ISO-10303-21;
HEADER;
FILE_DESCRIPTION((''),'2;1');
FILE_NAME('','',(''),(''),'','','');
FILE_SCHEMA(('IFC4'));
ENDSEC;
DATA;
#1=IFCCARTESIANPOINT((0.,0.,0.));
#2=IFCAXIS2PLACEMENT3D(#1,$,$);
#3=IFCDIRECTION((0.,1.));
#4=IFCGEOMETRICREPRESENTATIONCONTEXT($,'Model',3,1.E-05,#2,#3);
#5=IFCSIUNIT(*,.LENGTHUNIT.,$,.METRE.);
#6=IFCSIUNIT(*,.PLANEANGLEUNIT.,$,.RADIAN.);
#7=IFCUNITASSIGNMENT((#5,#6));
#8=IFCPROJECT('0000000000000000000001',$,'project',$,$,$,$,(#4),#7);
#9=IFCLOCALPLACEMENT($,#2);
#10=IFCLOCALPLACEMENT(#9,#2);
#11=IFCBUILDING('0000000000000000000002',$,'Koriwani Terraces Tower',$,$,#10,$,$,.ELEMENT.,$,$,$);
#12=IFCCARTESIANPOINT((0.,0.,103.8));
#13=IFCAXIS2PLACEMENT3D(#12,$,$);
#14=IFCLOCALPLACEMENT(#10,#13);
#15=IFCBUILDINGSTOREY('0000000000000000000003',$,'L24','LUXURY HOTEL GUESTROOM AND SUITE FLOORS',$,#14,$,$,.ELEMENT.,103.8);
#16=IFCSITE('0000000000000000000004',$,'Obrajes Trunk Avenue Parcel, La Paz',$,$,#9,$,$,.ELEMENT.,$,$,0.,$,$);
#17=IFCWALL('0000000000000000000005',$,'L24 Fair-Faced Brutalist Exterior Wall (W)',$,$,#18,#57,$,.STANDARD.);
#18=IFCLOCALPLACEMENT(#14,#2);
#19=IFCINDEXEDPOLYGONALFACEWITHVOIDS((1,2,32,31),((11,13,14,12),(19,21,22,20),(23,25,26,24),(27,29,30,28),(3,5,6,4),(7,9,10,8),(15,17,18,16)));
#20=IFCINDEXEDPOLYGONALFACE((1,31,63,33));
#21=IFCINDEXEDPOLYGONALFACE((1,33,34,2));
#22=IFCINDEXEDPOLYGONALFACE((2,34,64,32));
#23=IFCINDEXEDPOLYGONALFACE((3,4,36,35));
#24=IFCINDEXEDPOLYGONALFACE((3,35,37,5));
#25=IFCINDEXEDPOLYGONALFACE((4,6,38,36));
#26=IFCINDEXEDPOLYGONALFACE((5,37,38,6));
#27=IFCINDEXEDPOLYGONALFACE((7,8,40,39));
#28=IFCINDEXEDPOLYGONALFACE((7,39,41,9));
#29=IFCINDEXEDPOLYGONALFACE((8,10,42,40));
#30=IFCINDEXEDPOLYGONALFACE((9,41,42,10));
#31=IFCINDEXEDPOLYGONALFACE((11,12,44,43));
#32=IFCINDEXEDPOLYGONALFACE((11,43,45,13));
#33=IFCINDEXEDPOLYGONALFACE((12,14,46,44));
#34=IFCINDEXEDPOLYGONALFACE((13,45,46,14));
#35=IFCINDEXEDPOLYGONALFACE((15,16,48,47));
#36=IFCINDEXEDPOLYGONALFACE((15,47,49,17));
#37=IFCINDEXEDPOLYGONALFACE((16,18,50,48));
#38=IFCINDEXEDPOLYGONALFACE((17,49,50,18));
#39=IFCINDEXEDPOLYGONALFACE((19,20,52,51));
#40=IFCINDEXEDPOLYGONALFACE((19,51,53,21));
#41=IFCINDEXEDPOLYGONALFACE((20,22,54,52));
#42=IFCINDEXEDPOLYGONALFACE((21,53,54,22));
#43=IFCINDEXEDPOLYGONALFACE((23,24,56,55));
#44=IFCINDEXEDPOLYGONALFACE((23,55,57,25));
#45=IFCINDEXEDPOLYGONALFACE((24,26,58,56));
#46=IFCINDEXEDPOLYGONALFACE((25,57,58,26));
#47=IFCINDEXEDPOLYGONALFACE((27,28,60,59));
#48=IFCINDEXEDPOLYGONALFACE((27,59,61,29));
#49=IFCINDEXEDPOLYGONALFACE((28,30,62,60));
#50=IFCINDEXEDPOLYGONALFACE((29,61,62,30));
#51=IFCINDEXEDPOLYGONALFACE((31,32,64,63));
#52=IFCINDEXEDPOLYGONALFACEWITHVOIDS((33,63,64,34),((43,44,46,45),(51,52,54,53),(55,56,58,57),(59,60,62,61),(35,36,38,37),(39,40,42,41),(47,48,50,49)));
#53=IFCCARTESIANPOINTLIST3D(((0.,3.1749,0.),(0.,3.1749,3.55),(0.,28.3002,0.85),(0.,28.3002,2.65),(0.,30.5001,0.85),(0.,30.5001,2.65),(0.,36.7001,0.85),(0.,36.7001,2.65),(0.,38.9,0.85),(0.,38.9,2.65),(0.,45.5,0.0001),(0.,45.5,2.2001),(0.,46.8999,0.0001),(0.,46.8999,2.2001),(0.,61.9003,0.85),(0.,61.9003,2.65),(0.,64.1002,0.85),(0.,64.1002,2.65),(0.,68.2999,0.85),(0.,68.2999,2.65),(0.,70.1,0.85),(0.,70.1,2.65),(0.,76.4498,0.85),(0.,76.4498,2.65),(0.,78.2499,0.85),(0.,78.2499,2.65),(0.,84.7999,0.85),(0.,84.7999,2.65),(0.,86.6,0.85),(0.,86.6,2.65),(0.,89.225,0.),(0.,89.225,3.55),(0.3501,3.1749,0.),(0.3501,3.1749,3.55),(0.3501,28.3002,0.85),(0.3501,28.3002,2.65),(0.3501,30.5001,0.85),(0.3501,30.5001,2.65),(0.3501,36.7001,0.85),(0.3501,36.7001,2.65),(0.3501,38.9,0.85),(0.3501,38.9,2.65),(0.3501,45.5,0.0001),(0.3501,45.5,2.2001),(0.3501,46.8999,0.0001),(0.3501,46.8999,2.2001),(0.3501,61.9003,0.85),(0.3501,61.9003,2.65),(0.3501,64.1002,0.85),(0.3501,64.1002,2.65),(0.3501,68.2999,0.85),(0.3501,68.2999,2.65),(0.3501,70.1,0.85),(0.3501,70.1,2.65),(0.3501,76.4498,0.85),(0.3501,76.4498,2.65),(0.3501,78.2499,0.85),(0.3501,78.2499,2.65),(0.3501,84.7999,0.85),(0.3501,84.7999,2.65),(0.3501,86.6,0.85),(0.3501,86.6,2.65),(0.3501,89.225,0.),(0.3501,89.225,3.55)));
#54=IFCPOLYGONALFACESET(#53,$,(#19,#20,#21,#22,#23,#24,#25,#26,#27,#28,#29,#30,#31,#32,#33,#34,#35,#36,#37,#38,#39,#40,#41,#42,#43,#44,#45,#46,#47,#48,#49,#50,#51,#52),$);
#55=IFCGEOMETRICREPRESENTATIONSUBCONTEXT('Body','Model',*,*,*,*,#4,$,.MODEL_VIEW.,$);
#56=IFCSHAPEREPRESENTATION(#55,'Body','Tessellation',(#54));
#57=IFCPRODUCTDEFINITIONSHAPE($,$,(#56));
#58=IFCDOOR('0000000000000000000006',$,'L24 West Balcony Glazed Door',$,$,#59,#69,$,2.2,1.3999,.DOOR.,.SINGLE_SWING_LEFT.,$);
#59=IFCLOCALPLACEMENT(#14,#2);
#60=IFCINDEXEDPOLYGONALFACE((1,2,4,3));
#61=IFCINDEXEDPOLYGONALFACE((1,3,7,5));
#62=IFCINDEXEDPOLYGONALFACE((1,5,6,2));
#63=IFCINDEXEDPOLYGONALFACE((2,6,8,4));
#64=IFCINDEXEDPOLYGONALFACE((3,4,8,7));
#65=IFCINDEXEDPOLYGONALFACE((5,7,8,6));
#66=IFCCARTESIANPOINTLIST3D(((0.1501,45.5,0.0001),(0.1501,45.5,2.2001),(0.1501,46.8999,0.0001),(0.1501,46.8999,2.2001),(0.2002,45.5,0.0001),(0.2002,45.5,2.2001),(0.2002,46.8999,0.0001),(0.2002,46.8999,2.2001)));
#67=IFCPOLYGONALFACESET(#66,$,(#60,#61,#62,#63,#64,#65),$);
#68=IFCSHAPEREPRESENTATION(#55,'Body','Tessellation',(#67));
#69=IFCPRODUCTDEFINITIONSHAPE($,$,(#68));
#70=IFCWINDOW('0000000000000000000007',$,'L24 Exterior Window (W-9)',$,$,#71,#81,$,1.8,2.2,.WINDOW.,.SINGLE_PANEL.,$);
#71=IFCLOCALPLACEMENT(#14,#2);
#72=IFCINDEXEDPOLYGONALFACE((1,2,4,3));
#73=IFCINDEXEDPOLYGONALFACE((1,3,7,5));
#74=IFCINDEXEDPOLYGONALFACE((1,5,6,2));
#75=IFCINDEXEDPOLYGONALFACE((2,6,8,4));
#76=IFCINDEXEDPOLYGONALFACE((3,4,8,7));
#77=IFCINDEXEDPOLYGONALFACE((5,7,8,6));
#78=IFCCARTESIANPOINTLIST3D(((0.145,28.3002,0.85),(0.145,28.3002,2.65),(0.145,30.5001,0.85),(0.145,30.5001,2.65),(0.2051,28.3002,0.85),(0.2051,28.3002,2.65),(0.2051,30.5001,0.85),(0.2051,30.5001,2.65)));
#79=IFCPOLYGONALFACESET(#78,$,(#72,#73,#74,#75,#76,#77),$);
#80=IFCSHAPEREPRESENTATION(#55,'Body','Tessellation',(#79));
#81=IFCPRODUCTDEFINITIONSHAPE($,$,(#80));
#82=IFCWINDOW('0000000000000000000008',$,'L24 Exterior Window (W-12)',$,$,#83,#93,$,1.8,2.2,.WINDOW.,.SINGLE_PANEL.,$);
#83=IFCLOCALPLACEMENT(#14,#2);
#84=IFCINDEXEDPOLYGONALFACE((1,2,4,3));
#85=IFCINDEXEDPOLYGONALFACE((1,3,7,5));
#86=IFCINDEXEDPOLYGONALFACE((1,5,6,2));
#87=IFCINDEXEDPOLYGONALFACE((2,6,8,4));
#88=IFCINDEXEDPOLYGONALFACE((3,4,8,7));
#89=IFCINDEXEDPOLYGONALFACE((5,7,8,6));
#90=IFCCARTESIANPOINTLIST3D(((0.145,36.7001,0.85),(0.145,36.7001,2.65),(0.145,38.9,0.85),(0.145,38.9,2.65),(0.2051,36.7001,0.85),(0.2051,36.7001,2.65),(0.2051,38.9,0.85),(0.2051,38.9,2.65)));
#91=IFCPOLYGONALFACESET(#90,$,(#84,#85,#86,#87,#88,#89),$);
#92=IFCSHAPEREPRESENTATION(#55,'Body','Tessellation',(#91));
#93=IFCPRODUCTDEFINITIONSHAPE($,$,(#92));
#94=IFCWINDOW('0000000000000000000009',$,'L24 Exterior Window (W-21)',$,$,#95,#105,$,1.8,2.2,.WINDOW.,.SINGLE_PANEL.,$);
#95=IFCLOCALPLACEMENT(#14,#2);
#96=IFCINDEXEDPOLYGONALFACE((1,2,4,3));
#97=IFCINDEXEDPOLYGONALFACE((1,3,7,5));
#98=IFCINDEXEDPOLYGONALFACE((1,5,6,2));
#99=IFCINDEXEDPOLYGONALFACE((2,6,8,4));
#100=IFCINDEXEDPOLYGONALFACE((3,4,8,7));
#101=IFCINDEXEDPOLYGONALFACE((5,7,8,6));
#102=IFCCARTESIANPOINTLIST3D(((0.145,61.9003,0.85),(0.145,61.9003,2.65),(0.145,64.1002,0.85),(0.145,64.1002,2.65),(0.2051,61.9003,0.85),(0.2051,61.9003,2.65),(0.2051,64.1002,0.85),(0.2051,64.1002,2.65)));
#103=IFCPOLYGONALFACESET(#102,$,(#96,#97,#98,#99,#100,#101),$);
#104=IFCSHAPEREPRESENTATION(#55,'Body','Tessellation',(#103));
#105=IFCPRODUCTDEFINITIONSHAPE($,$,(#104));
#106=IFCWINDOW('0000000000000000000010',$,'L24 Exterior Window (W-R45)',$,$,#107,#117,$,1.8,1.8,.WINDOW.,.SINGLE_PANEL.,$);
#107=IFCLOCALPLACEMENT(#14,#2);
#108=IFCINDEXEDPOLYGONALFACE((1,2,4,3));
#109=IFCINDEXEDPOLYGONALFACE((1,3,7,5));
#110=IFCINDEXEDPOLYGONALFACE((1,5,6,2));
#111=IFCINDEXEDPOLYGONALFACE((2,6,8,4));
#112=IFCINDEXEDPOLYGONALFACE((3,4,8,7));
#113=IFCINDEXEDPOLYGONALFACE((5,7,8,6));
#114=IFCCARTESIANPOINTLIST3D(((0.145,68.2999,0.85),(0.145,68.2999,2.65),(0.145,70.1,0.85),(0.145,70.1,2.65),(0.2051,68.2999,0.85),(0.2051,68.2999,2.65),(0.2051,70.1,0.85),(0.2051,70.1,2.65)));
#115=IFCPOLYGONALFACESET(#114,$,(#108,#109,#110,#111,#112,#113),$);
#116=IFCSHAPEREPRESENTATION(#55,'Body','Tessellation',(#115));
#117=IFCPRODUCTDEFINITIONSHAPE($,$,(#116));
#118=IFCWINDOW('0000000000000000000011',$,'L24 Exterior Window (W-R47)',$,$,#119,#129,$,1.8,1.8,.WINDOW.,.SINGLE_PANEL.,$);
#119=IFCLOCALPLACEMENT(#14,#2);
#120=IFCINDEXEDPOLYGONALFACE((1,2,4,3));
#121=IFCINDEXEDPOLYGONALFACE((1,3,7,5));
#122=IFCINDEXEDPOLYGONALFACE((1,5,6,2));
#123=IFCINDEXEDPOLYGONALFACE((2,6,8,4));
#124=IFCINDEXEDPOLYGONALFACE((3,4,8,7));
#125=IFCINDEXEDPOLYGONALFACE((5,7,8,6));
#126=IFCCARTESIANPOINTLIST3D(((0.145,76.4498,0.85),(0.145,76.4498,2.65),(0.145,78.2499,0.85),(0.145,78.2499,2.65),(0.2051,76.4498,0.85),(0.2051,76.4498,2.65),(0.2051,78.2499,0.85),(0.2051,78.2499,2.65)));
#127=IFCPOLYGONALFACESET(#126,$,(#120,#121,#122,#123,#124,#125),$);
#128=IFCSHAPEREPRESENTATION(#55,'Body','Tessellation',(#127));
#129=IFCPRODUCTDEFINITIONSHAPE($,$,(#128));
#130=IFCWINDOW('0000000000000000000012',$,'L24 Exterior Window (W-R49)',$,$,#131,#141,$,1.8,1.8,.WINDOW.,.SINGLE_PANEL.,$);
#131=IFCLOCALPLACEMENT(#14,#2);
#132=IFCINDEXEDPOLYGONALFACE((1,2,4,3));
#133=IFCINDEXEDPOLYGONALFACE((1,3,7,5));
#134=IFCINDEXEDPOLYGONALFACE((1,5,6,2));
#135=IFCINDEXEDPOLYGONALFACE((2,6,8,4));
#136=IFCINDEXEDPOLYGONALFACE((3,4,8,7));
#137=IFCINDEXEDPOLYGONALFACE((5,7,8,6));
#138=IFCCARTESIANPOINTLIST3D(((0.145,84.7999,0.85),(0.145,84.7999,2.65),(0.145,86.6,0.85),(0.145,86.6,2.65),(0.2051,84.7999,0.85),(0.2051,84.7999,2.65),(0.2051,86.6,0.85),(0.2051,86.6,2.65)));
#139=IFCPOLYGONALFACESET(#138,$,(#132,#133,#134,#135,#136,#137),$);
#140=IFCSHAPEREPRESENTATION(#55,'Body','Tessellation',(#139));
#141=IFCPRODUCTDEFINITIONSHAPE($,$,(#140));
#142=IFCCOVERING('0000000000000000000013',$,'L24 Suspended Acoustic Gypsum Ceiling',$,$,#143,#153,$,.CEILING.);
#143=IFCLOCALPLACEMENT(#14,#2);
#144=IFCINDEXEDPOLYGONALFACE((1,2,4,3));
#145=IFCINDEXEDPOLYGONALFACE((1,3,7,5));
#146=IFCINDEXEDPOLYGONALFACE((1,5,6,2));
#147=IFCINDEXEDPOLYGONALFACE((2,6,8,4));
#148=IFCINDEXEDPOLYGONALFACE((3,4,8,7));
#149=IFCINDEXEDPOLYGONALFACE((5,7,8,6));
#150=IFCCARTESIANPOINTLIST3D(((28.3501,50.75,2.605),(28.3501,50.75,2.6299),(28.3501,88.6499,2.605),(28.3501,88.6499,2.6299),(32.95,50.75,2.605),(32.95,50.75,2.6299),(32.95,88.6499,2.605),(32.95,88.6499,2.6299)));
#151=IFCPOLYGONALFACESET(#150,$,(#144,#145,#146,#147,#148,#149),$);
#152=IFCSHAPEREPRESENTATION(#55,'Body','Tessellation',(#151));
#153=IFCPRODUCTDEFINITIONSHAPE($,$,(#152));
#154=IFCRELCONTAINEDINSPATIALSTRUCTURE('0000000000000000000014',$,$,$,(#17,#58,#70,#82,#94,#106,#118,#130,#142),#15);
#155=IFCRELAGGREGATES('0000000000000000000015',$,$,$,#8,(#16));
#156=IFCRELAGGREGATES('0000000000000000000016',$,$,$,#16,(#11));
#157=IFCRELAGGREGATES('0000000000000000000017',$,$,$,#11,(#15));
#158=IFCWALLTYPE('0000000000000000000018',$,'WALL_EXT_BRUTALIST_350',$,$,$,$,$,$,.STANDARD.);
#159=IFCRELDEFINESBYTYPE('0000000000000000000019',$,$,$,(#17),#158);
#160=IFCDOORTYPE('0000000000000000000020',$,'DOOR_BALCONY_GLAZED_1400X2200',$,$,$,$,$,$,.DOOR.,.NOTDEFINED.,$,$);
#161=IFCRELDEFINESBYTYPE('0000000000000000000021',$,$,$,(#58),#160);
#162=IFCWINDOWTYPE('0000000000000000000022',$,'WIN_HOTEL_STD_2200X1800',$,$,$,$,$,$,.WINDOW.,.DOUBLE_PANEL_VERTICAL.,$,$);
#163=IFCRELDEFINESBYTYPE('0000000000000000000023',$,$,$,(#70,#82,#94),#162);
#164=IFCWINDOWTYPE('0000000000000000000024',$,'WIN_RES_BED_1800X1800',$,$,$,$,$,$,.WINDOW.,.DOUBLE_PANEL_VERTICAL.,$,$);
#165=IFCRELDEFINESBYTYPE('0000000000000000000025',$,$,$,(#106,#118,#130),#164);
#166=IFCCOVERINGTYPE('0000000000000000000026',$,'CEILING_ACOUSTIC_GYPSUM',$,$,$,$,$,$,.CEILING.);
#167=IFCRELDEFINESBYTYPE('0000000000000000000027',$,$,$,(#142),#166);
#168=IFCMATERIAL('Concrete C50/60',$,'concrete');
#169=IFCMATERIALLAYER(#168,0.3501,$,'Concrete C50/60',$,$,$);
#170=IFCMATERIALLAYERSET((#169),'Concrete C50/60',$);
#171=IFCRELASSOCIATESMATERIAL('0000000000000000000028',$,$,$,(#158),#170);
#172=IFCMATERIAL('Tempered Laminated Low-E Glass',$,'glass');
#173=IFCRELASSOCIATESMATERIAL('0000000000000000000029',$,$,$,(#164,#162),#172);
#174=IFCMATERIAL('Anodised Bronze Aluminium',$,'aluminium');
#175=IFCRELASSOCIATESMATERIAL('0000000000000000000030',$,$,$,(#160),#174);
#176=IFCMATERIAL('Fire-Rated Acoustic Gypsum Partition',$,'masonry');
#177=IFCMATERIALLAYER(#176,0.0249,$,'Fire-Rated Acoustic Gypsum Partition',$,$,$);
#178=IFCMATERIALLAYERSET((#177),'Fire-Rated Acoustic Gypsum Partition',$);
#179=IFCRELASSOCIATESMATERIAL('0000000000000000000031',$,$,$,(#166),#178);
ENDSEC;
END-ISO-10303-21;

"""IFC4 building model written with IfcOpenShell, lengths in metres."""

from ifc_helpers import new_model, si_unit, direction, frame, frame_2d, origin, place, context, subcontext, project, spatial, polyline, rectangle, outline, extrude, material, layer, layer_set, type_object, element, fill, save


model = new_model("IFC4")

# Units and contexts
model_context = context("Model", 3, precision=1e-05, world=origin(), true_north=direction((0.0, 1.0)))
body_context = subcontext(model_context, "Body", "Model", "MODEL_VIEW")
ifc_project = project(units=[si_unit("LENGTHUNIT", "METRE"), si_unit("PLANEANGLEUNIT", "RADIAN")], contexts=[model_context])

# Site, building, storey
site_placement = place(None, origin())
site = spatial("IfcSite", under=ifc_project, at=site_placement, Name="Obrajes Trunk Avenue Parcel, La Paz", CompositionType="ELEMENT", RefElevation=0.0)
building_placement = place(site_placement, origin())
building = spatial("IfcBuilding", under=site, at=building_placement, Name="Koriwani Terraces Tower", CompositionType="ELEMENT")
storey_placement = place(building_placement, frame((0.0, 0.0, 103.8)))
storey = spatial("IfcBuildingStorey", under=building, at=storey_placement, Name="L24", Description="LUXURY HOTEL GUESTROOM AND SUITE FLOORS", CompositionType="ELEMENT", Elevation=103.8)

# Shared definitions
ifc_material_1 = material(Name="Concrete C50/60", Category="concrete")

# Shared definitions
ifc_layer_1 = layer(ifc_material_1, 0.3501, Name="Concrete C50/60")
ifc_layer_set_1 = layer_set([ifc_layer_1], Name="Concrete C50/60")
wall_type = type_object("IfcWallType", Name="WALL_EXT_BRUTALIST_350", PredefinedType="STANDARD", material=ifc_layer_set_1)
ifc_material_2 = material(Name="Tempered Laminated Low-E Glass", Category="glass")
window_type_1 = type_object("IfcWindowType", Name="WIN_RES_BED_1800X1800", PartitioningType="DOUBLE_PANEL_VERTICAL", PredefinedType="WINDOW", material=ifc_material_2)

# Wall, openings, door, windows
wall_1_placement = place(storey_placement, frame((0.175, 3.175, 0.0), z_axis=(0.0, 0.0, 1.0), x_axis=(0.0, 1.0, 0.0)))
wall_1 = element("IfcWall", 1, at=wall_1_placement, inside=storey, type_object=wall_type, Name="L24 Fair-Faced Brutalist Exterior Wall (W)", PredefinedType="STANDARD", context=body_context, shape_type="SweptSolid", body=[
    extrude(rectangle(XDim=86.05, YDim=0.3501, at=frame_2d((43.0249, 0.0))), origin(), (0.0, 0.0, 1.0), 3.55),
])
opening_1_placement = place(wall_1_placement, frame((42.325, 0.0, 0.0)))
opening_1 = element("IfcOpeningElement", 2, at=opening_1_placement, cuts=wall_1, PredefinedType="OPENING", context=body_context, shape_type="SweptSolid", body=[
    extrude(rectangle(XDim=1.3999, YDim=2.2, at=frame_2d((0.7, 1.1001))), frame((0.0, 0.1851, 0.0), z_axis=(0.0, -1.0, 0.0), x_axis=(1.0, 0.0, 0.0)), (0.0, 0.0, 1.0), 0.3701),
])
opening_2_placement = place(wall_1_placement, frame((25.125, 0.0, 0.8501)))
opening_2 = element("IfcOpeningElement", 3, at=opening_2_placement, cuts=wall_1, PredefinedType="OPENING", context=body_context, shape_type="SweptSolid", body=[
    extrude(rectangle(XDim=2.2, YDim=1.8, at=frame_2d((1.1001, 0.8999))), frame((0.0, 0.1851, 0.0), z_axis=(0.0, -1.0, 0.0), x_axis=(1.0, 0.0, 0.0)), (0.0, 0.0, 1.0), 0.3701),
])
opening_3_placement = place(wall_1_placement, frame((33.5249, 0.0, 0.8501)))
opening_3 = element("IfcOpeningElement", 4, at=opening_3_placement, cuts=wall_1, PredefinedType="OPENING", context=body_context, shape_type="SweptSolid", body=[
    extrude(rectangle(XDim=2.2, YDim=1.8, at=frame_2d((1.1001, 0.8999))), frame((0.0, 0.1851, 0.0), z_axis=(0.0, -1.0, 0.0), x_axis=(1.0, 0.0, 0.0)), (0.0, 0.0, 1.0), 0.3701),
])
opening_4_placement = place(wall_1_placement, frame((58.7251, 0.0, 0.8501)))
opening_4 = element("IfcOpeningElement", 5, at=opening_4_placement, cuts=wall_1, PredefinedType="OPENING", context=body_context, shape_type="SweptSolid", body=[
    extrude(rectangle(XDim=2.2, YDim=1.8, at=frame_2d((1.1001, 0.8999))), frame((0.0, 0.1851, 0.0), z_axis=(0.0, -1.0, 0.0), x_axis=(1.0, 0.0, 0.0)), (0.0, 0.0, 1.0), 0.3701),
])
opening_5_placement = place(wall_1_placement, frame((65.125, 0.0, 0.8501)))
opening_5 = element("IfcOpeningElement", 6, at=opening_5_placement, cuts=wall_1, PredefinedType="OPENING", context=body_context, shape_type="SweptSolid", body=[
    extrude(rectangle(XDim=1.8, YDim=1.8, at=frame_2d((0.8999, 0.8999))), frame((0.0, 0.1851, 0.0), z_axis=(0.0, -1.0, 0.0), x_axis=(1.0, 0.0, 0.0)), (0.0, 0.0, 1.0), 0.3701),
])
opening_6_placement = place(wall_1_placement, frame((73.2749, 0.0, 0.8501)))
opening_6 = element("IfcOpeningElement", 7, at=opening_6_placement, cuts=wall_1, PredefinedType="OPENING", context=body_context, shape_type="SweptSolid", body=[
    extrude(rectangle(XDim=1.8, YDim=1.8, at=frame_2d((0.8999, 0.8999))), frame((0.0, 0.1851, 0.0), z_axis=(0.0, -1.0, 0.0), x_axis=(1.0, 0.0, 0.0)), (0.0, 0.0, 1.0), 0.3701),
])
opening_7_placement = place(wall_1_placement, frame((81.625, 0.0, 0.8501)))
opening_7 = element("IfcOpeningElement", 8, at=opening_7_placement, cuts=wall_1, PredefinedType="OPENING", context=body_context, shape_type="SweptSolid", body=[
    extrude(rectangle(XDim=1.8, YDim=1.8, at=frame_2d((0.8999, 0.8999))), frame((0.0, 0.1851, 0.0), z_axis=(0.0, -1.0, 0.0), x_axis=(1.0, 0.0, 0.0)), (0.0, 0.0, 1.0), 0.3701),
])
ifc_material_3 = material(Name="Anodised Bronze Aluminium", Category="aluminium")
door_type = type_object("IfcDoorType", Name="DOOR_BALCONY_GLAZED_1400X2200", OperationType="NOTDEFINED", PredefinedType="DOOR", material=ifc_material_3)
door_placement = place(opening_1_placement, origin())
door = element("IfcDoor", 9, at=door_placement, inside=storey, type_object=door_type, Name="L24 West Balcony Glazed Door", OperationType="SINGLE_SWING_LEFT", OverallHeight=2.2, OverallWidth=1.3999, PredefinedType="DOOR", context=body_context, shape_type="SweptSolid", body=[
    extrude(rectangle(XDim=1.3999, YDim=2.2, at=frame_2d((0.7, 1.1001))), frame((0.0, 0.0249, 0.0), z_axis=(0.0, -1.0, 0.0), x_axis=(1.0, 0.0, 0.0)), (0.0, 0.0, 1.0), 0.05),
])
fill(opening_1, door)
window_type_2 = type_object("IfcWindowType", Name="WIN_HOTEL_STD_2200X1800", PartitioningType="DOUBLE_PANEL_VERTICAL", PredefinedType="WINDOW", material=ifc_material_2)
window_1_placement = place(opening_2_placement, origin())
window_1 = element("IfcWindow", 10, at=window_1_placement, inside=storey, type_object=window_type_2, Name="L24 Exterior Window (W-9)", OverallHeight=1.8, OverallWidth=2.2, PartitioningType="SINGLE_PANEL", PredefinedType="WINDOW", context=body_context, shape_type="SweptSolid", body=[
    extrude(rectangle(XDim=2.2, YDim=1.8, at=frame_2d((1.1001, 0.8999))), frame((0.0, 0.03, 0.0), z_axis=(0.0, -1.0, 0.0), x_axis=(1.0, 0.0, 0.0)), (0.0, 0.0, 1.0), 0.0601),
])
fill(opening_2, window_1)
window_2_placement = place(opening_3_placement, origin())
window_2 = element("IfcWindow", 11, at=window_2_placement, inside=storey, type_object=window_type_2, Name="L24 Exterior Window (W-12)", OverallHeight=1.8, OverallWidth=2.2, PartitioningType="SINGLE_PANEL", PredefinedType="WINDOW", context=body_context, shape_type="SweptSolid", body=[
    extrude(rectangle(XDim=2.2, YDim=1.8, at=frame_2d((1.1001, 0.8999))), frame((0.0, 0.03, 0.0), z_axis=(0.0, -1.0, 0.0), x_axis=(1.0, 0.0, 0.0)), (0.0, 0.0, 1.0), 0.0601),
])
fill(opening_3, window_2)
window_3_placement = place(opening_4_placement, origin())
window_3 = element("IfcWindow", 12, at=window_3_placement, inside=storey, type_object=window_type_2, Name="L24 Exterior Window (W-21)", OverallHeight=1.8, OverallWidth=2.2, PartitioningType="SINGLE_PANEL", PredefinedType="WINDOW", context=body_context, shape_type="SweptSolid", body=[
    extrude(rectangle(XDim=2.2, YDim=1.8, at=frame_2d((1.1001, 0.8999))), frame((0.0, 0.03, 0.0), z_axis=(0.0, -1.0, 0.0), x_axis=(1.0, 0.0, 0.0)), (0.0, 0.0, 1.0), 0.0601),
])
fill(opening_4, window_3)
window_4_placement = place(opening_5_placement, origin())
window_4 = element("IfcWindow", 13, at=window_4_placement, inside=storey, type_object=window_type_1, Name="L24 Exterior Window (W-R45)", OverallHeight=1.8, OverallWidth=1.8, PartitioningType="SINGLE_PANEL", PredefinedType="WINDOW", context=body_context, shape_type="SweptSolid", body=[
    extrude(rectangle(XDim=1.8, YDim=1.8, at=frame_2d((0.8999, 0.8999))), frame((0.0, 0.03, 0.0), z_axis=(0.0, -1.0, 0.0), x_axis=(1.0, 0.0, 0.0)), (0.0, 0.0, 1.0), 0.0601),
])
fill(opening_5, window_4)
window_5_placement = place(opening_6_placement, origin())
window_5 = element("IfcWindow", 14, at=window_5_placement, inside=storey, type_object=window_type_1, Name="L24 Exterior Window (W-R47)", OverallHeight=1.8, OverallWidth=1.8, PartitioningType="SINGLE_PANEL", PredefinedType="WINDOW", context=body_context, shape_type="SweptSolid", body=[
    extrude(rectangle(XDim=1.8, YDim=1.8, at=frame_2d((0.8999, 0.8999))), frame((0.0, 0.03, 0.0), z_axis=(0.0, -1.0, 0.0), x_axis=(1.0, 0.0, 0.0)), (0.0, 0.0, 1.0), 0.0601),
])
fill(opening_6, window_5)
window_6_placement = place(opening_7_placement, origin())
window_6 = element("IfcWindow", 15, at=window_6_placement, inside=storey, type_object=window_type_1, Name="L24 Exterior Window (W-R49)", OverallHeight=1.8, OverallWidth=1.8, PartitioningType="SINGLE_PANEL", PredefinedType="WINDOW", context=body_context, shape_type="SweptSolid", body=[
    extrude(rectangle(XDim=1.8, YDim=1.8, at=frame_2d((0.8999, 0.8999))), frame((0.0, 0.03, 0.0), z_axis=(0.0, -1.0, 0.0), x_axis=(1.0, 0.0, 0.0)), (0.0, 0.0, 1.0), 0.0601),
])
fill(opening_7, window_6)

# Covering
ifc_material_4 = material(Name="Fire-Rated Acoustic Gypsum Partition", Category="masonry")
ifc_layer_2 = layer(ifc_material_4, 0.0249, Name="Fire-Rated Acoustic Gypsum Partition")
ifc_layer_set_2 = layer_set([ifc_layer_2], Name="Fire-Rated Acoustic Gypsum Partition")
covering_type_1 = type_object("IfcCoveringType", Name="CEILING_ACOUSTIC_GYPSUM", PredefinedType="CEILING", material=ifc_layer_set_2)
covering_1_placement = place(storey_placement, frame((0.0, 0.0, 2.605)))
element("IfcCovering", 16, at=covering_1_placement, inside=storey, type_object=covering_type_1, Name="L24 Suspended Acoustic Gypsum Ceiling", PredefinedType="CEILING", context=body_context, shape_type="SweptSolid", body=[
    extrude(outline(polyline([(28.3501, 50.75), (28.3501, 88.6499), (32.95, 88.6499), (32.95, 50.75), (28.3501, 50.75)])), origin(), (0.0, 0.0, 1.0), 0.0249),
])

save(model, "model.ifc")
